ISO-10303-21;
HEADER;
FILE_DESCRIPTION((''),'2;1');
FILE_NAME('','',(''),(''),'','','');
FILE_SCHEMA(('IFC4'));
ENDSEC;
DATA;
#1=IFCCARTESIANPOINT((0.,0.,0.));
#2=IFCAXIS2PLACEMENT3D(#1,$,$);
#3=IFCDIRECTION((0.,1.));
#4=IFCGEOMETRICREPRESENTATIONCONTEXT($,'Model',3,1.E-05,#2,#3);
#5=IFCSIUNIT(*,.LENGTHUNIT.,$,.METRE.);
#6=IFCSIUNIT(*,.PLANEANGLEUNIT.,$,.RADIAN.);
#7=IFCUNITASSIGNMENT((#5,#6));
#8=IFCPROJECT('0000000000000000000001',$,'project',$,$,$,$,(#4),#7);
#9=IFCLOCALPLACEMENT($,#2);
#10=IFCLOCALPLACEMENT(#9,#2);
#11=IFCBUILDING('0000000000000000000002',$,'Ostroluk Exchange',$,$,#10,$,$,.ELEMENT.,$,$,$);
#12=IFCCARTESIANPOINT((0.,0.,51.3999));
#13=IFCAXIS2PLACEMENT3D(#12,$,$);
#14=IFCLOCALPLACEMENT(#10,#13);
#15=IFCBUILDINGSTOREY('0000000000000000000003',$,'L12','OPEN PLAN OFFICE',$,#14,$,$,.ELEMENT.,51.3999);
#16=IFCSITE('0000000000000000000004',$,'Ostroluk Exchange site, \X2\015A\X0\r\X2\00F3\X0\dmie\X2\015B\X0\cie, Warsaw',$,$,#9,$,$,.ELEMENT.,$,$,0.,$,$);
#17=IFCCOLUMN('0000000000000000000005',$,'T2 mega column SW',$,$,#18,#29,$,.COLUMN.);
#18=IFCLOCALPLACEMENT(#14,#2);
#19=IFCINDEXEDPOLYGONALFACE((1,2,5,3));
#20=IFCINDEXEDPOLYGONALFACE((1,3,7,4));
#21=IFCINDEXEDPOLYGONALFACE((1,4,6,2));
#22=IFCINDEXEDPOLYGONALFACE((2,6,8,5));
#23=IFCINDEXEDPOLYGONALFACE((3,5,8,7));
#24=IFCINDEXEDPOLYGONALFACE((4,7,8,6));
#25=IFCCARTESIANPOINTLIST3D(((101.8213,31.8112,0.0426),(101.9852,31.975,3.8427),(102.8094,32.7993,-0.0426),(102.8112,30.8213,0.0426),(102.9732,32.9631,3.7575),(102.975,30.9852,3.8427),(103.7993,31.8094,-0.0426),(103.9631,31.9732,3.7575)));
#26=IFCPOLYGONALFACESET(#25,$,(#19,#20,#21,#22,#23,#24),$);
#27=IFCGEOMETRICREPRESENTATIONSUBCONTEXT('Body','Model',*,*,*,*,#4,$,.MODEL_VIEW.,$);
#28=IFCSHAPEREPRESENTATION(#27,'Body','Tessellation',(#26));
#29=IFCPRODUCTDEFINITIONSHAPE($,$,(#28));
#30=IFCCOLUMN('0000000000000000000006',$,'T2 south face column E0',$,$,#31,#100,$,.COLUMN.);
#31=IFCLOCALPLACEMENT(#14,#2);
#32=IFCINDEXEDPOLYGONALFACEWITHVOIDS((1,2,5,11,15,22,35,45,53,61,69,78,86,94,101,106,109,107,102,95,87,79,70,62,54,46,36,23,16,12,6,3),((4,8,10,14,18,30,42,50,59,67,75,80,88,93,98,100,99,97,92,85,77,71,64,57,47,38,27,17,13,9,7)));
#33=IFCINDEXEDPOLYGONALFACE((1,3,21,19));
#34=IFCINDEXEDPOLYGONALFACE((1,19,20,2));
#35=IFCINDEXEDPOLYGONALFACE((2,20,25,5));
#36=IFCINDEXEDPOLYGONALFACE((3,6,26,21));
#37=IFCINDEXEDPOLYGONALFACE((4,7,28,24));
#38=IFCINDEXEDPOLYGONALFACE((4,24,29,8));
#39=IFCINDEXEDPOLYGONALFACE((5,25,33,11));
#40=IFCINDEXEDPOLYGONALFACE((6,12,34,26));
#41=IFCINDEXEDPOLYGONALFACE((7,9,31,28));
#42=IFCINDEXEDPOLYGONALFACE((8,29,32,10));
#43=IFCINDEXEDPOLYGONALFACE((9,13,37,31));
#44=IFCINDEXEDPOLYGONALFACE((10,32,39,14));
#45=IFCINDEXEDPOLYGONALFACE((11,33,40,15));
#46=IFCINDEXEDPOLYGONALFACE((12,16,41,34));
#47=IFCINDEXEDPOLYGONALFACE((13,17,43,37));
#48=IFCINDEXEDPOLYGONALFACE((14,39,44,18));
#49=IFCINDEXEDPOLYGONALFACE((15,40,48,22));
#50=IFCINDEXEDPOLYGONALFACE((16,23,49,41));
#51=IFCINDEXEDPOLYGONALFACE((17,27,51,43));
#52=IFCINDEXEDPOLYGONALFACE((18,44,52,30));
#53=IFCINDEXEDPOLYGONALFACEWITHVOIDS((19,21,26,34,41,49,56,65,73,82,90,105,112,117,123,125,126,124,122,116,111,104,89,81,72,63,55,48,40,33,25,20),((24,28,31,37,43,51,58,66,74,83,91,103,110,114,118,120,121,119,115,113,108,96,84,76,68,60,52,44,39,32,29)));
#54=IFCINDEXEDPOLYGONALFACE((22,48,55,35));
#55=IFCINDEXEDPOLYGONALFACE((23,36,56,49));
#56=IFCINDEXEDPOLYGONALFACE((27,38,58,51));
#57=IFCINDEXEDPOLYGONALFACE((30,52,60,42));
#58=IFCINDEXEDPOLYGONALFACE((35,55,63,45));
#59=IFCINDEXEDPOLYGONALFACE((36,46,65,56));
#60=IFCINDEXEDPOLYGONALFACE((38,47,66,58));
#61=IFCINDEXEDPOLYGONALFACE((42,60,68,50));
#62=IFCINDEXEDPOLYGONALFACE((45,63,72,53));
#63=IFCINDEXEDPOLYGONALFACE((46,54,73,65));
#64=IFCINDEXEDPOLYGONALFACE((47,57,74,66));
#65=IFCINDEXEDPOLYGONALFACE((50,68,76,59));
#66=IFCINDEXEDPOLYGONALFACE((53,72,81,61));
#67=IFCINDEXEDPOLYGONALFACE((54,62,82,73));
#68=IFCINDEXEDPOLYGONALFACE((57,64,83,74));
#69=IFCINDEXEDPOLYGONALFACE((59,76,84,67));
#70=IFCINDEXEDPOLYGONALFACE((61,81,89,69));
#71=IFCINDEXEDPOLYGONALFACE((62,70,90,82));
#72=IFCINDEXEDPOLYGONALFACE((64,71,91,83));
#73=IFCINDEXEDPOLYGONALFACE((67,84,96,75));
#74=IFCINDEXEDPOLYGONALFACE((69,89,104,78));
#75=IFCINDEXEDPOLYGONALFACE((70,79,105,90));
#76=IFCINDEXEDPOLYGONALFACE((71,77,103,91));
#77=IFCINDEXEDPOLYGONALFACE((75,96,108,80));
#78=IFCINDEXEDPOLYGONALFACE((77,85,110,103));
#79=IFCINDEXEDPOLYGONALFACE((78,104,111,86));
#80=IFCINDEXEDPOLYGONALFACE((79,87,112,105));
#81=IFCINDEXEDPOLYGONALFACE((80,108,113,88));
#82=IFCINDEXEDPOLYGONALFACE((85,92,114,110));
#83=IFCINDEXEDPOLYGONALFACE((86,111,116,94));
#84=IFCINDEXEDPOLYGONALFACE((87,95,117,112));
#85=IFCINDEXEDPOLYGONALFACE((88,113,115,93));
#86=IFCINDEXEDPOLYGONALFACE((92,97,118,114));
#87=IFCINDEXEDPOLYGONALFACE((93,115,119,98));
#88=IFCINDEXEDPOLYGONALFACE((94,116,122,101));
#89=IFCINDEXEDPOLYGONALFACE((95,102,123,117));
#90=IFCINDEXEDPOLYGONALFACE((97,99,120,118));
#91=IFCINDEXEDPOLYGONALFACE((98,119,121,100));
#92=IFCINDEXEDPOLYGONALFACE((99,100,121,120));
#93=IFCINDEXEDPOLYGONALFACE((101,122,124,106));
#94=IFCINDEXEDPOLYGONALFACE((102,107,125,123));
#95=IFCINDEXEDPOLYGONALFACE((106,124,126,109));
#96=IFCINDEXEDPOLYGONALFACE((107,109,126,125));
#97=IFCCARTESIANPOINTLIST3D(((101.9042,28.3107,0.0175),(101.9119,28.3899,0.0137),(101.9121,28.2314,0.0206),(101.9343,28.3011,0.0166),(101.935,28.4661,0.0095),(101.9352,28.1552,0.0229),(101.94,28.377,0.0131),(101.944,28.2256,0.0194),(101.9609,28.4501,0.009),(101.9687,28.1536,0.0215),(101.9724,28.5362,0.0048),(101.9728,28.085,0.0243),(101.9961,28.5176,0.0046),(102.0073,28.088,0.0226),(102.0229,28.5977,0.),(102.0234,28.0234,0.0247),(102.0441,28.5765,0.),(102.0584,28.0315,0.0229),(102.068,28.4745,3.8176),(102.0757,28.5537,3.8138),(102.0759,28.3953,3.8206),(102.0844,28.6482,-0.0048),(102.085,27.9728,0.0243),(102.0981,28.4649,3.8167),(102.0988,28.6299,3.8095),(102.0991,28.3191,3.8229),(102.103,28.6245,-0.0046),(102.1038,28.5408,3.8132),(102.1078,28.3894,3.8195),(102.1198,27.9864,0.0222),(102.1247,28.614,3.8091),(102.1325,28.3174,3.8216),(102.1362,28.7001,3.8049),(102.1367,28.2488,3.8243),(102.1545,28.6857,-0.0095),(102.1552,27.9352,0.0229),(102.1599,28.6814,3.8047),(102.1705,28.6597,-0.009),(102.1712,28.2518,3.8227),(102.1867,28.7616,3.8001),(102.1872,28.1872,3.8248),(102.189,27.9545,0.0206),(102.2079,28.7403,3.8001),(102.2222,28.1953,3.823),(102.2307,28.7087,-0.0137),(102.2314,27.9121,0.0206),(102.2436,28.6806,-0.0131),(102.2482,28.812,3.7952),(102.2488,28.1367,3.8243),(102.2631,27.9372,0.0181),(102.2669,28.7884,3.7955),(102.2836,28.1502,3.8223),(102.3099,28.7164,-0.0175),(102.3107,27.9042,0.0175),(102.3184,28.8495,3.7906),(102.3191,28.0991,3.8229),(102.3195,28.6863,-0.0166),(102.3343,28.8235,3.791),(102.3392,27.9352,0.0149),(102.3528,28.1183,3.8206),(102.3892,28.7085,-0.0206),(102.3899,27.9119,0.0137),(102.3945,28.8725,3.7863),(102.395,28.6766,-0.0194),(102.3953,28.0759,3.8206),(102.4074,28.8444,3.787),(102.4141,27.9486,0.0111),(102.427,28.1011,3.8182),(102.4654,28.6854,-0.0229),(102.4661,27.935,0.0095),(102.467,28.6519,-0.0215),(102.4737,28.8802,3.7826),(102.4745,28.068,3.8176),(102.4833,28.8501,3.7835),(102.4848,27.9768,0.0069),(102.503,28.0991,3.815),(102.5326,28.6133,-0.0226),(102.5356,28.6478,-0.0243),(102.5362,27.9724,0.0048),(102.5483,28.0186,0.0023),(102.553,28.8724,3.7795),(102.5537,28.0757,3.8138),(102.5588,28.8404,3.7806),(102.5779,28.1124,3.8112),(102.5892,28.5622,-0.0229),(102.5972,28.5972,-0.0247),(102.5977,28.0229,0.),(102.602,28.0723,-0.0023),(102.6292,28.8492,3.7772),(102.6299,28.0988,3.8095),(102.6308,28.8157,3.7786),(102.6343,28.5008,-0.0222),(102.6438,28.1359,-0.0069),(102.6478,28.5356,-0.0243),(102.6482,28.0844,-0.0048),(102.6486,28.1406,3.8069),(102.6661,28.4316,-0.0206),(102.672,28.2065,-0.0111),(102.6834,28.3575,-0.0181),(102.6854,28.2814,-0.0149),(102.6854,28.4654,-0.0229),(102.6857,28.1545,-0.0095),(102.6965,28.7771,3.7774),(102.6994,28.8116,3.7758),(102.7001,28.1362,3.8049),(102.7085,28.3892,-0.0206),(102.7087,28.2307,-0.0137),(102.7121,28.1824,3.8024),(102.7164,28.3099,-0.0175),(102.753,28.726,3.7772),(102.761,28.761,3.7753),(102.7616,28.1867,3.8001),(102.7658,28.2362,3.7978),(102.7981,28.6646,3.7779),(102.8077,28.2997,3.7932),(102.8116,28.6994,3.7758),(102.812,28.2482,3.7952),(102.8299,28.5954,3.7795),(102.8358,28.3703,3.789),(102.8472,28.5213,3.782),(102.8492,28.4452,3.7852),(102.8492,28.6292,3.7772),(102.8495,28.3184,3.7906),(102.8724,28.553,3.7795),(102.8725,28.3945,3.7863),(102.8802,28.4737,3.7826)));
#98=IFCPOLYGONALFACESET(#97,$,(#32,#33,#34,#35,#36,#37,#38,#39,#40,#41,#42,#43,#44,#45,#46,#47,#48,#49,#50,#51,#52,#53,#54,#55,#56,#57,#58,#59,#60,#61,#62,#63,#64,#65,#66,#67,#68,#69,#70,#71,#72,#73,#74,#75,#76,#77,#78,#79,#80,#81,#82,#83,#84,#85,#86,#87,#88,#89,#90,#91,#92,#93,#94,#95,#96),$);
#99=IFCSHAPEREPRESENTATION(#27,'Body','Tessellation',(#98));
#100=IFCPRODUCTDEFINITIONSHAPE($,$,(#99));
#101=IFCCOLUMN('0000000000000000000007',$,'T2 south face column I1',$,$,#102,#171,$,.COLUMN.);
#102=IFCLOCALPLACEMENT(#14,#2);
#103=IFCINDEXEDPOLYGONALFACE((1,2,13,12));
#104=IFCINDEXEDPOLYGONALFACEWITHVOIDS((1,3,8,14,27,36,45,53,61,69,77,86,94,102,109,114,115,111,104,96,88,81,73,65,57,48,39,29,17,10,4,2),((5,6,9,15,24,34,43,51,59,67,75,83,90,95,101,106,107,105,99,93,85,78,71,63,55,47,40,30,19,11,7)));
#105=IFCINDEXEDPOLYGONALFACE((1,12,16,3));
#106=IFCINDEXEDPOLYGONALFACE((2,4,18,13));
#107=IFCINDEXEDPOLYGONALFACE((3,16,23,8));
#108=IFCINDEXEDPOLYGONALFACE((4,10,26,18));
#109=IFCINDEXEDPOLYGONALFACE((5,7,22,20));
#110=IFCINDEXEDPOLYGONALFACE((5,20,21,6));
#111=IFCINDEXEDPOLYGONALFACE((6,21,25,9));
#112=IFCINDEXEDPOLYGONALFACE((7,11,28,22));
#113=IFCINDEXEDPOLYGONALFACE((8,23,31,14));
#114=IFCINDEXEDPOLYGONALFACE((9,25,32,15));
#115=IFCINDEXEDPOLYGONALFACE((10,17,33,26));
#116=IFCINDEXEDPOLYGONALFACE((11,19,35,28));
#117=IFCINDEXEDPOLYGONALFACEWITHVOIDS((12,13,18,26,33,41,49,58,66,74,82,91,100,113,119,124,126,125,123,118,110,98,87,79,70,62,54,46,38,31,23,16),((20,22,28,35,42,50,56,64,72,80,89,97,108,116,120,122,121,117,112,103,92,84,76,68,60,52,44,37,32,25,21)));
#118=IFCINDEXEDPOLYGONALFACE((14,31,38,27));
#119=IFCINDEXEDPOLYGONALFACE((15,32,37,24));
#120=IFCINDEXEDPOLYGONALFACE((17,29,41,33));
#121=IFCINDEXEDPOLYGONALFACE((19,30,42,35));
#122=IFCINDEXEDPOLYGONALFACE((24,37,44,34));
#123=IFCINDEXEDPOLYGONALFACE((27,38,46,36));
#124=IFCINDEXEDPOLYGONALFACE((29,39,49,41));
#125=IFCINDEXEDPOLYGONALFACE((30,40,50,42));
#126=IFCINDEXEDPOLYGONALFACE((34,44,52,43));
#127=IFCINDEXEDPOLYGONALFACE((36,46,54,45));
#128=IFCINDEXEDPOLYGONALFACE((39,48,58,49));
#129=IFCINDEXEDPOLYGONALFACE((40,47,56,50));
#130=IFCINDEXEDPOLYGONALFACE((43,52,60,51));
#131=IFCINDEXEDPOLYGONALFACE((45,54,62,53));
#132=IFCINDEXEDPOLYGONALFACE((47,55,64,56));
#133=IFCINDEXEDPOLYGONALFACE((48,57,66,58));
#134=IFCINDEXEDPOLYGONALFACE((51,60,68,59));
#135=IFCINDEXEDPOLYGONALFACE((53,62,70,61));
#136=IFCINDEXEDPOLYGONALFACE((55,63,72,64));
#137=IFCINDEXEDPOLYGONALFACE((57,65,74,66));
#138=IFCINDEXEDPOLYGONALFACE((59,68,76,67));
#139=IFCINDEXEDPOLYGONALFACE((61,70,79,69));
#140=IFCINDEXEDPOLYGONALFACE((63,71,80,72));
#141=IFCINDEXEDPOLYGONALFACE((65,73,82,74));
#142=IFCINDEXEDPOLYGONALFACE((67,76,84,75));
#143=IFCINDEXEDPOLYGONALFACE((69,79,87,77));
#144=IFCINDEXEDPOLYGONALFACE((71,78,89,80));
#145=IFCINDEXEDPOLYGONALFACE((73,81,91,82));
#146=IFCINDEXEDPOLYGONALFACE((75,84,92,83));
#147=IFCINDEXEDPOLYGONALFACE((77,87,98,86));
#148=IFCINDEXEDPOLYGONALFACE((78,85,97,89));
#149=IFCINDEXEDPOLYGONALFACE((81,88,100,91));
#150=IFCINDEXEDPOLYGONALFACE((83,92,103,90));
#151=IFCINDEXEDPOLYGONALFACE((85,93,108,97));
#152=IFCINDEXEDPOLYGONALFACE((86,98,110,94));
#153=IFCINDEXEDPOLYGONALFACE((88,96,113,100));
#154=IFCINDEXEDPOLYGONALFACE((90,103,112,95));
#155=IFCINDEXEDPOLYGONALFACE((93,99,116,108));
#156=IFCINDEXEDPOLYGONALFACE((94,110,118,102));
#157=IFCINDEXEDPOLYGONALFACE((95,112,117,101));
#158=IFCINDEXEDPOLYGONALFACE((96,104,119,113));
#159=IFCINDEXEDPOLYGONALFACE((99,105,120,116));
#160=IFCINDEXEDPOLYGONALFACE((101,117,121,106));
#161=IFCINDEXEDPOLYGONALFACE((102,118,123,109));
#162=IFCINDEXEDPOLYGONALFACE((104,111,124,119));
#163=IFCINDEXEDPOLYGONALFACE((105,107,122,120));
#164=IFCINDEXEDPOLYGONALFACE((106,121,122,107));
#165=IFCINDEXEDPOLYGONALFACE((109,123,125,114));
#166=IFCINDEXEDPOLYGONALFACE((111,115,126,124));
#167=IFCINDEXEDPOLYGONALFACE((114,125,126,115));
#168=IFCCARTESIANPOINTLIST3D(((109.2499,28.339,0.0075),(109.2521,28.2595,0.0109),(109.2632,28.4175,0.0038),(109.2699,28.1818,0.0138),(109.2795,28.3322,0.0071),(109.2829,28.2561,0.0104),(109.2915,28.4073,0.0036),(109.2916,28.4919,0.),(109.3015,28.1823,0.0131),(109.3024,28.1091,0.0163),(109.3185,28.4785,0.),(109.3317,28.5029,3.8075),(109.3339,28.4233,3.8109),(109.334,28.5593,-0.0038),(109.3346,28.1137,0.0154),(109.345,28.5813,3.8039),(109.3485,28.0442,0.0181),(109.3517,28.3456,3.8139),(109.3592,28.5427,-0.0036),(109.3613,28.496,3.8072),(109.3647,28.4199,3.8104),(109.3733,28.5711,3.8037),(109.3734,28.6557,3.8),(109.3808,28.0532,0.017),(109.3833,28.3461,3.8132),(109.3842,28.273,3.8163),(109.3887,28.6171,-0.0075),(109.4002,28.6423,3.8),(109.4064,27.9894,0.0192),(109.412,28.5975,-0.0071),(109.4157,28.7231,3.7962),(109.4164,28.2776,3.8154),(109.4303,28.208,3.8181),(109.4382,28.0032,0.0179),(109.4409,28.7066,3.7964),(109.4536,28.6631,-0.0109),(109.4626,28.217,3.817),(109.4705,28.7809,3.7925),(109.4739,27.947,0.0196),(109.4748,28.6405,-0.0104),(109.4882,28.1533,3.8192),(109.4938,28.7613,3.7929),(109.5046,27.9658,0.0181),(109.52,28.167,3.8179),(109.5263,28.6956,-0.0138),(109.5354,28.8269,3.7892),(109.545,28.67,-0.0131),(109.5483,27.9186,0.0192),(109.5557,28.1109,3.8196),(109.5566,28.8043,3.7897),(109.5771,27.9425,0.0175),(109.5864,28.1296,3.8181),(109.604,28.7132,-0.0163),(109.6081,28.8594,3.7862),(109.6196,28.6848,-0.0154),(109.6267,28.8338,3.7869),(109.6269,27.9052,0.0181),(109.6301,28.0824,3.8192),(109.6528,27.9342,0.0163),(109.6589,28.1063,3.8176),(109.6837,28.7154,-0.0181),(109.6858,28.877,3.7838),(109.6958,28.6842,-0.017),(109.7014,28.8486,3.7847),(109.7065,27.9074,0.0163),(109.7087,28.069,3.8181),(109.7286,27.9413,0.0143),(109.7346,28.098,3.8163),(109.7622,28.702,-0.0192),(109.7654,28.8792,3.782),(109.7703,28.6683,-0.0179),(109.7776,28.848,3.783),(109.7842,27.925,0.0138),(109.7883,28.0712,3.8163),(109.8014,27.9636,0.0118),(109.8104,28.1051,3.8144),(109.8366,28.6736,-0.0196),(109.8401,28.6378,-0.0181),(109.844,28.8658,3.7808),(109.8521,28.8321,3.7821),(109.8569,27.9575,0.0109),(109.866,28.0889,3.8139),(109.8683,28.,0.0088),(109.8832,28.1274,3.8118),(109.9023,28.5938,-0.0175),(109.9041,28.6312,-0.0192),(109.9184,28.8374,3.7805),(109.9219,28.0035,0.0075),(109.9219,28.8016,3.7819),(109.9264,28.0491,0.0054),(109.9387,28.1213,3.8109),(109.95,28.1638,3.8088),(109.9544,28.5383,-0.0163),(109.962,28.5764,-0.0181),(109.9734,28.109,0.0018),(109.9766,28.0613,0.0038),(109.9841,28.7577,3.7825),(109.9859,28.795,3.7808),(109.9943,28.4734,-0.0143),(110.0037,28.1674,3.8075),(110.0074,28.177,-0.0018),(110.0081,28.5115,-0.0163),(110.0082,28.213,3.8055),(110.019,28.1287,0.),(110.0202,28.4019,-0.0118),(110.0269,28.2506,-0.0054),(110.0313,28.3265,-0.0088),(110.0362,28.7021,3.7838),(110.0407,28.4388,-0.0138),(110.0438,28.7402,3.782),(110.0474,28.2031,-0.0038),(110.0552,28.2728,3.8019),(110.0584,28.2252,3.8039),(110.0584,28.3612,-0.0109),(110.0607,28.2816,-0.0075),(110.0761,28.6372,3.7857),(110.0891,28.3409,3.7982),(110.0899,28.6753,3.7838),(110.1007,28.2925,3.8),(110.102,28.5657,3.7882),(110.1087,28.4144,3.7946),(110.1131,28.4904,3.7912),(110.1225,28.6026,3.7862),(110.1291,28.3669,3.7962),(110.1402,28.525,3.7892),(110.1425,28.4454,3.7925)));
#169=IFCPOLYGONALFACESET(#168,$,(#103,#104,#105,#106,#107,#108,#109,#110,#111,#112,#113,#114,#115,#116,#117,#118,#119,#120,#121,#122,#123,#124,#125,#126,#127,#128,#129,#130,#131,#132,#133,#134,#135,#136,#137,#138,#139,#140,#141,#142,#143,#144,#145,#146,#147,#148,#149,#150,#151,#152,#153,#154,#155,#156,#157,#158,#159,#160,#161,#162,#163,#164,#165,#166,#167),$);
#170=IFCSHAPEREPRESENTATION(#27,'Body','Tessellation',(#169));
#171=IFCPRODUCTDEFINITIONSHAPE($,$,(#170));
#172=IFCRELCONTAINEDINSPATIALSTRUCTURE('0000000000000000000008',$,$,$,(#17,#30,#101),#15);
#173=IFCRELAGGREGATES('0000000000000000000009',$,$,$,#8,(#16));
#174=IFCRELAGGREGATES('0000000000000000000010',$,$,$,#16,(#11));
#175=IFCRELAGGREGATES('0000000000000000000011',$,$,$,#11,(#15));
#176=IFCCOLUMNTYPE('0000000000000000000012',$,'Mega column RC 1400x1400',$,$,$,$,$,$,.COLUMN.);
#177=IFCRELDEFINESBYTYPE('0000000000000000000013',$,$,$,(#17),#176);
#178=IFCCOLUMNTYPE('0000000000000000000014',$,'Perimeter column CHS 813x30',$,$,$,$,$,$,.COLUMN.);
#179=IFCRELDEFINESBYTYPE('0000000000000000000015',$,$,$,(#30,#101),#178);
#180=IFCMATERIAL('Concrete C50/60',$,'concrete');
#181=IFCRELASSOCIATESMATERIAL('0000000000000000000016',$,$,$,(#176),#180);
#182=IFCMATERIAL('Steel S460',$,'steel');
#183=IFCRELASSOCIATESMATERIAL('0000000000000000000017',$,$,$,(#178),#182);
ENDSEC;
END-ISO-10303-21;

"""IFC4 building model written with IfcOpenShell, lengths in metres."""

from ifc_helpers import new_model, si_unit, direction, frame, origin, origin_2d, place, context, subcontext, project, spatial, rectangle, hollow_circle, extrude, material, material_profile, profile_set, type_object, element, save


model = new_model("IFC4")

# Units and contexts
model_context = context("Model", 3, precision=1e-05, world=origin(), true_north=direction((0.0, 1.0)))
body_context = subcontext(model_context, "Body", "Model", "MODEL_VIEW")
ifc_project = project(units=[si_unit("LENGTHUNIT", "METRE"), si_unit("PLANEANGLEUNIT", "RADIAN")], contexts=[model_context])

# Site, building, storey
site_placement = place(None, origin())
site = spatial("IfcSite", under=ifc_project, at=site_placement, Name="Ostroluk Exchange site, Śródmieście, Warsaw", CompositionType="ELEMENT", RefElevation=0.0)
building_placement = place(site_placement, origin())
building = spatial("IfcBuilding", under=site, at=building_placement, Name="Ostroluk Exchange", CompositionType="ELEMENT")
storey_placement = place(building_placement, frame((0.0, 0.0, 51.3999)))
storey = spatial("IfcBuildingStorey", under=building, at=storey_placement, Name="L12", Description="OPEN PLAN OFFICE", CompositionType="ELEMENT", Elevation=51.3999)

# Columns
ifc_material_1 = material(Name="Concrete C50/60", Category="concrete")
ifc_material_profile_1 = material_profile(ifc_material_1, rectangle(XDim=1.3999, YDim=1.3999, at=origin_2d()), Name="RC 1400x1400")
ifc_profile_set_1 = profile_set([ifc_material_profile_1], Name="Concrete C50/60")
column_type_1 = type_object("IfcColumnType", Name="Mega column RC 1400x1400", PredefinedType="COLUMN", material=ifc_profile_set_1)
column_1_placement = place(storey_placement, frame((102.8103, 31.8103, 0.0), z_axis=(0.04303, 0.04303, 0.998147), x_axis=(-0.707107, 0.707107, 0.0)))
element("IfcColumn", 1, at=column_1_placement, inside=storey, type_object=column_type_1, Name="T2 mega column SW", PredefinedType="COLUMN", context=body_context, shape_type="SweptSolid", body=[
    extrude(rectangle(XDim=1.3999, YDim=1.3999, at=origin_2d()), origin(), (0.0, 0.0, 1.0), 3.8071),
])
ifc_material_2 = material(Name="Steel S460", Category="steel")
ifc_material_profile_2 = material_profile(ifc_material_2, hollow_circle(Radius=0.4065, WallThickness=0.03, at=origin_2d()), Name="CHS 813x30")
ifc_profile_set_2 = profile_set([ifc_material_profile_2], Name="Steel S460")
column_type_2 = type_object("IfcColumnType", Name="Perimeter column CHS 813x30", PredefinedType="COLUMN", material=ifc_profile_set_2)
column_2_placement = place(storey_placement, frame((102.3103, 28.3103, 0.0), z_axis=(0.04303, 0.04303, 0.998147), x_axis=(-0.707107, 0.707107, 0.0)))
element("IfcColumn", 2, at=column_2_placement, inside=storey, type_object=column_type_2, Name="T2 south face column E0", PredefinedType="COLUMN", context=body_context, shape_type="SweptSolid", body=[
    extrude(hollow_circle(Radius=0.4065, WallThickness=0.03, at=origin_2d()), origin(), (0.0, 0.0, 1.0), 3.8071),
])
column_3_placement = place(storey_placement, frame((109.6553, 28.3103, 0.0), z_axis=(0.021498, 0.04306, 0.998841), x_axis=(-0.894694, 0.44668, 0.0)))
element("IfcColumn", 3, at=column_3_placement, inside=storey, type_object=column_type_2, Name="T2 south face column I1", PredefinedType="COLUMN", context=body_context, shape_type="SweptSolid", body=[
    extrude(hollow_circle(Radius=0.4065, WallThickness=0.03, at=origin_2d()), origin(), (0.0, 0.0, 1.0), 3.8044),
])

save(model, "model.ifc")
